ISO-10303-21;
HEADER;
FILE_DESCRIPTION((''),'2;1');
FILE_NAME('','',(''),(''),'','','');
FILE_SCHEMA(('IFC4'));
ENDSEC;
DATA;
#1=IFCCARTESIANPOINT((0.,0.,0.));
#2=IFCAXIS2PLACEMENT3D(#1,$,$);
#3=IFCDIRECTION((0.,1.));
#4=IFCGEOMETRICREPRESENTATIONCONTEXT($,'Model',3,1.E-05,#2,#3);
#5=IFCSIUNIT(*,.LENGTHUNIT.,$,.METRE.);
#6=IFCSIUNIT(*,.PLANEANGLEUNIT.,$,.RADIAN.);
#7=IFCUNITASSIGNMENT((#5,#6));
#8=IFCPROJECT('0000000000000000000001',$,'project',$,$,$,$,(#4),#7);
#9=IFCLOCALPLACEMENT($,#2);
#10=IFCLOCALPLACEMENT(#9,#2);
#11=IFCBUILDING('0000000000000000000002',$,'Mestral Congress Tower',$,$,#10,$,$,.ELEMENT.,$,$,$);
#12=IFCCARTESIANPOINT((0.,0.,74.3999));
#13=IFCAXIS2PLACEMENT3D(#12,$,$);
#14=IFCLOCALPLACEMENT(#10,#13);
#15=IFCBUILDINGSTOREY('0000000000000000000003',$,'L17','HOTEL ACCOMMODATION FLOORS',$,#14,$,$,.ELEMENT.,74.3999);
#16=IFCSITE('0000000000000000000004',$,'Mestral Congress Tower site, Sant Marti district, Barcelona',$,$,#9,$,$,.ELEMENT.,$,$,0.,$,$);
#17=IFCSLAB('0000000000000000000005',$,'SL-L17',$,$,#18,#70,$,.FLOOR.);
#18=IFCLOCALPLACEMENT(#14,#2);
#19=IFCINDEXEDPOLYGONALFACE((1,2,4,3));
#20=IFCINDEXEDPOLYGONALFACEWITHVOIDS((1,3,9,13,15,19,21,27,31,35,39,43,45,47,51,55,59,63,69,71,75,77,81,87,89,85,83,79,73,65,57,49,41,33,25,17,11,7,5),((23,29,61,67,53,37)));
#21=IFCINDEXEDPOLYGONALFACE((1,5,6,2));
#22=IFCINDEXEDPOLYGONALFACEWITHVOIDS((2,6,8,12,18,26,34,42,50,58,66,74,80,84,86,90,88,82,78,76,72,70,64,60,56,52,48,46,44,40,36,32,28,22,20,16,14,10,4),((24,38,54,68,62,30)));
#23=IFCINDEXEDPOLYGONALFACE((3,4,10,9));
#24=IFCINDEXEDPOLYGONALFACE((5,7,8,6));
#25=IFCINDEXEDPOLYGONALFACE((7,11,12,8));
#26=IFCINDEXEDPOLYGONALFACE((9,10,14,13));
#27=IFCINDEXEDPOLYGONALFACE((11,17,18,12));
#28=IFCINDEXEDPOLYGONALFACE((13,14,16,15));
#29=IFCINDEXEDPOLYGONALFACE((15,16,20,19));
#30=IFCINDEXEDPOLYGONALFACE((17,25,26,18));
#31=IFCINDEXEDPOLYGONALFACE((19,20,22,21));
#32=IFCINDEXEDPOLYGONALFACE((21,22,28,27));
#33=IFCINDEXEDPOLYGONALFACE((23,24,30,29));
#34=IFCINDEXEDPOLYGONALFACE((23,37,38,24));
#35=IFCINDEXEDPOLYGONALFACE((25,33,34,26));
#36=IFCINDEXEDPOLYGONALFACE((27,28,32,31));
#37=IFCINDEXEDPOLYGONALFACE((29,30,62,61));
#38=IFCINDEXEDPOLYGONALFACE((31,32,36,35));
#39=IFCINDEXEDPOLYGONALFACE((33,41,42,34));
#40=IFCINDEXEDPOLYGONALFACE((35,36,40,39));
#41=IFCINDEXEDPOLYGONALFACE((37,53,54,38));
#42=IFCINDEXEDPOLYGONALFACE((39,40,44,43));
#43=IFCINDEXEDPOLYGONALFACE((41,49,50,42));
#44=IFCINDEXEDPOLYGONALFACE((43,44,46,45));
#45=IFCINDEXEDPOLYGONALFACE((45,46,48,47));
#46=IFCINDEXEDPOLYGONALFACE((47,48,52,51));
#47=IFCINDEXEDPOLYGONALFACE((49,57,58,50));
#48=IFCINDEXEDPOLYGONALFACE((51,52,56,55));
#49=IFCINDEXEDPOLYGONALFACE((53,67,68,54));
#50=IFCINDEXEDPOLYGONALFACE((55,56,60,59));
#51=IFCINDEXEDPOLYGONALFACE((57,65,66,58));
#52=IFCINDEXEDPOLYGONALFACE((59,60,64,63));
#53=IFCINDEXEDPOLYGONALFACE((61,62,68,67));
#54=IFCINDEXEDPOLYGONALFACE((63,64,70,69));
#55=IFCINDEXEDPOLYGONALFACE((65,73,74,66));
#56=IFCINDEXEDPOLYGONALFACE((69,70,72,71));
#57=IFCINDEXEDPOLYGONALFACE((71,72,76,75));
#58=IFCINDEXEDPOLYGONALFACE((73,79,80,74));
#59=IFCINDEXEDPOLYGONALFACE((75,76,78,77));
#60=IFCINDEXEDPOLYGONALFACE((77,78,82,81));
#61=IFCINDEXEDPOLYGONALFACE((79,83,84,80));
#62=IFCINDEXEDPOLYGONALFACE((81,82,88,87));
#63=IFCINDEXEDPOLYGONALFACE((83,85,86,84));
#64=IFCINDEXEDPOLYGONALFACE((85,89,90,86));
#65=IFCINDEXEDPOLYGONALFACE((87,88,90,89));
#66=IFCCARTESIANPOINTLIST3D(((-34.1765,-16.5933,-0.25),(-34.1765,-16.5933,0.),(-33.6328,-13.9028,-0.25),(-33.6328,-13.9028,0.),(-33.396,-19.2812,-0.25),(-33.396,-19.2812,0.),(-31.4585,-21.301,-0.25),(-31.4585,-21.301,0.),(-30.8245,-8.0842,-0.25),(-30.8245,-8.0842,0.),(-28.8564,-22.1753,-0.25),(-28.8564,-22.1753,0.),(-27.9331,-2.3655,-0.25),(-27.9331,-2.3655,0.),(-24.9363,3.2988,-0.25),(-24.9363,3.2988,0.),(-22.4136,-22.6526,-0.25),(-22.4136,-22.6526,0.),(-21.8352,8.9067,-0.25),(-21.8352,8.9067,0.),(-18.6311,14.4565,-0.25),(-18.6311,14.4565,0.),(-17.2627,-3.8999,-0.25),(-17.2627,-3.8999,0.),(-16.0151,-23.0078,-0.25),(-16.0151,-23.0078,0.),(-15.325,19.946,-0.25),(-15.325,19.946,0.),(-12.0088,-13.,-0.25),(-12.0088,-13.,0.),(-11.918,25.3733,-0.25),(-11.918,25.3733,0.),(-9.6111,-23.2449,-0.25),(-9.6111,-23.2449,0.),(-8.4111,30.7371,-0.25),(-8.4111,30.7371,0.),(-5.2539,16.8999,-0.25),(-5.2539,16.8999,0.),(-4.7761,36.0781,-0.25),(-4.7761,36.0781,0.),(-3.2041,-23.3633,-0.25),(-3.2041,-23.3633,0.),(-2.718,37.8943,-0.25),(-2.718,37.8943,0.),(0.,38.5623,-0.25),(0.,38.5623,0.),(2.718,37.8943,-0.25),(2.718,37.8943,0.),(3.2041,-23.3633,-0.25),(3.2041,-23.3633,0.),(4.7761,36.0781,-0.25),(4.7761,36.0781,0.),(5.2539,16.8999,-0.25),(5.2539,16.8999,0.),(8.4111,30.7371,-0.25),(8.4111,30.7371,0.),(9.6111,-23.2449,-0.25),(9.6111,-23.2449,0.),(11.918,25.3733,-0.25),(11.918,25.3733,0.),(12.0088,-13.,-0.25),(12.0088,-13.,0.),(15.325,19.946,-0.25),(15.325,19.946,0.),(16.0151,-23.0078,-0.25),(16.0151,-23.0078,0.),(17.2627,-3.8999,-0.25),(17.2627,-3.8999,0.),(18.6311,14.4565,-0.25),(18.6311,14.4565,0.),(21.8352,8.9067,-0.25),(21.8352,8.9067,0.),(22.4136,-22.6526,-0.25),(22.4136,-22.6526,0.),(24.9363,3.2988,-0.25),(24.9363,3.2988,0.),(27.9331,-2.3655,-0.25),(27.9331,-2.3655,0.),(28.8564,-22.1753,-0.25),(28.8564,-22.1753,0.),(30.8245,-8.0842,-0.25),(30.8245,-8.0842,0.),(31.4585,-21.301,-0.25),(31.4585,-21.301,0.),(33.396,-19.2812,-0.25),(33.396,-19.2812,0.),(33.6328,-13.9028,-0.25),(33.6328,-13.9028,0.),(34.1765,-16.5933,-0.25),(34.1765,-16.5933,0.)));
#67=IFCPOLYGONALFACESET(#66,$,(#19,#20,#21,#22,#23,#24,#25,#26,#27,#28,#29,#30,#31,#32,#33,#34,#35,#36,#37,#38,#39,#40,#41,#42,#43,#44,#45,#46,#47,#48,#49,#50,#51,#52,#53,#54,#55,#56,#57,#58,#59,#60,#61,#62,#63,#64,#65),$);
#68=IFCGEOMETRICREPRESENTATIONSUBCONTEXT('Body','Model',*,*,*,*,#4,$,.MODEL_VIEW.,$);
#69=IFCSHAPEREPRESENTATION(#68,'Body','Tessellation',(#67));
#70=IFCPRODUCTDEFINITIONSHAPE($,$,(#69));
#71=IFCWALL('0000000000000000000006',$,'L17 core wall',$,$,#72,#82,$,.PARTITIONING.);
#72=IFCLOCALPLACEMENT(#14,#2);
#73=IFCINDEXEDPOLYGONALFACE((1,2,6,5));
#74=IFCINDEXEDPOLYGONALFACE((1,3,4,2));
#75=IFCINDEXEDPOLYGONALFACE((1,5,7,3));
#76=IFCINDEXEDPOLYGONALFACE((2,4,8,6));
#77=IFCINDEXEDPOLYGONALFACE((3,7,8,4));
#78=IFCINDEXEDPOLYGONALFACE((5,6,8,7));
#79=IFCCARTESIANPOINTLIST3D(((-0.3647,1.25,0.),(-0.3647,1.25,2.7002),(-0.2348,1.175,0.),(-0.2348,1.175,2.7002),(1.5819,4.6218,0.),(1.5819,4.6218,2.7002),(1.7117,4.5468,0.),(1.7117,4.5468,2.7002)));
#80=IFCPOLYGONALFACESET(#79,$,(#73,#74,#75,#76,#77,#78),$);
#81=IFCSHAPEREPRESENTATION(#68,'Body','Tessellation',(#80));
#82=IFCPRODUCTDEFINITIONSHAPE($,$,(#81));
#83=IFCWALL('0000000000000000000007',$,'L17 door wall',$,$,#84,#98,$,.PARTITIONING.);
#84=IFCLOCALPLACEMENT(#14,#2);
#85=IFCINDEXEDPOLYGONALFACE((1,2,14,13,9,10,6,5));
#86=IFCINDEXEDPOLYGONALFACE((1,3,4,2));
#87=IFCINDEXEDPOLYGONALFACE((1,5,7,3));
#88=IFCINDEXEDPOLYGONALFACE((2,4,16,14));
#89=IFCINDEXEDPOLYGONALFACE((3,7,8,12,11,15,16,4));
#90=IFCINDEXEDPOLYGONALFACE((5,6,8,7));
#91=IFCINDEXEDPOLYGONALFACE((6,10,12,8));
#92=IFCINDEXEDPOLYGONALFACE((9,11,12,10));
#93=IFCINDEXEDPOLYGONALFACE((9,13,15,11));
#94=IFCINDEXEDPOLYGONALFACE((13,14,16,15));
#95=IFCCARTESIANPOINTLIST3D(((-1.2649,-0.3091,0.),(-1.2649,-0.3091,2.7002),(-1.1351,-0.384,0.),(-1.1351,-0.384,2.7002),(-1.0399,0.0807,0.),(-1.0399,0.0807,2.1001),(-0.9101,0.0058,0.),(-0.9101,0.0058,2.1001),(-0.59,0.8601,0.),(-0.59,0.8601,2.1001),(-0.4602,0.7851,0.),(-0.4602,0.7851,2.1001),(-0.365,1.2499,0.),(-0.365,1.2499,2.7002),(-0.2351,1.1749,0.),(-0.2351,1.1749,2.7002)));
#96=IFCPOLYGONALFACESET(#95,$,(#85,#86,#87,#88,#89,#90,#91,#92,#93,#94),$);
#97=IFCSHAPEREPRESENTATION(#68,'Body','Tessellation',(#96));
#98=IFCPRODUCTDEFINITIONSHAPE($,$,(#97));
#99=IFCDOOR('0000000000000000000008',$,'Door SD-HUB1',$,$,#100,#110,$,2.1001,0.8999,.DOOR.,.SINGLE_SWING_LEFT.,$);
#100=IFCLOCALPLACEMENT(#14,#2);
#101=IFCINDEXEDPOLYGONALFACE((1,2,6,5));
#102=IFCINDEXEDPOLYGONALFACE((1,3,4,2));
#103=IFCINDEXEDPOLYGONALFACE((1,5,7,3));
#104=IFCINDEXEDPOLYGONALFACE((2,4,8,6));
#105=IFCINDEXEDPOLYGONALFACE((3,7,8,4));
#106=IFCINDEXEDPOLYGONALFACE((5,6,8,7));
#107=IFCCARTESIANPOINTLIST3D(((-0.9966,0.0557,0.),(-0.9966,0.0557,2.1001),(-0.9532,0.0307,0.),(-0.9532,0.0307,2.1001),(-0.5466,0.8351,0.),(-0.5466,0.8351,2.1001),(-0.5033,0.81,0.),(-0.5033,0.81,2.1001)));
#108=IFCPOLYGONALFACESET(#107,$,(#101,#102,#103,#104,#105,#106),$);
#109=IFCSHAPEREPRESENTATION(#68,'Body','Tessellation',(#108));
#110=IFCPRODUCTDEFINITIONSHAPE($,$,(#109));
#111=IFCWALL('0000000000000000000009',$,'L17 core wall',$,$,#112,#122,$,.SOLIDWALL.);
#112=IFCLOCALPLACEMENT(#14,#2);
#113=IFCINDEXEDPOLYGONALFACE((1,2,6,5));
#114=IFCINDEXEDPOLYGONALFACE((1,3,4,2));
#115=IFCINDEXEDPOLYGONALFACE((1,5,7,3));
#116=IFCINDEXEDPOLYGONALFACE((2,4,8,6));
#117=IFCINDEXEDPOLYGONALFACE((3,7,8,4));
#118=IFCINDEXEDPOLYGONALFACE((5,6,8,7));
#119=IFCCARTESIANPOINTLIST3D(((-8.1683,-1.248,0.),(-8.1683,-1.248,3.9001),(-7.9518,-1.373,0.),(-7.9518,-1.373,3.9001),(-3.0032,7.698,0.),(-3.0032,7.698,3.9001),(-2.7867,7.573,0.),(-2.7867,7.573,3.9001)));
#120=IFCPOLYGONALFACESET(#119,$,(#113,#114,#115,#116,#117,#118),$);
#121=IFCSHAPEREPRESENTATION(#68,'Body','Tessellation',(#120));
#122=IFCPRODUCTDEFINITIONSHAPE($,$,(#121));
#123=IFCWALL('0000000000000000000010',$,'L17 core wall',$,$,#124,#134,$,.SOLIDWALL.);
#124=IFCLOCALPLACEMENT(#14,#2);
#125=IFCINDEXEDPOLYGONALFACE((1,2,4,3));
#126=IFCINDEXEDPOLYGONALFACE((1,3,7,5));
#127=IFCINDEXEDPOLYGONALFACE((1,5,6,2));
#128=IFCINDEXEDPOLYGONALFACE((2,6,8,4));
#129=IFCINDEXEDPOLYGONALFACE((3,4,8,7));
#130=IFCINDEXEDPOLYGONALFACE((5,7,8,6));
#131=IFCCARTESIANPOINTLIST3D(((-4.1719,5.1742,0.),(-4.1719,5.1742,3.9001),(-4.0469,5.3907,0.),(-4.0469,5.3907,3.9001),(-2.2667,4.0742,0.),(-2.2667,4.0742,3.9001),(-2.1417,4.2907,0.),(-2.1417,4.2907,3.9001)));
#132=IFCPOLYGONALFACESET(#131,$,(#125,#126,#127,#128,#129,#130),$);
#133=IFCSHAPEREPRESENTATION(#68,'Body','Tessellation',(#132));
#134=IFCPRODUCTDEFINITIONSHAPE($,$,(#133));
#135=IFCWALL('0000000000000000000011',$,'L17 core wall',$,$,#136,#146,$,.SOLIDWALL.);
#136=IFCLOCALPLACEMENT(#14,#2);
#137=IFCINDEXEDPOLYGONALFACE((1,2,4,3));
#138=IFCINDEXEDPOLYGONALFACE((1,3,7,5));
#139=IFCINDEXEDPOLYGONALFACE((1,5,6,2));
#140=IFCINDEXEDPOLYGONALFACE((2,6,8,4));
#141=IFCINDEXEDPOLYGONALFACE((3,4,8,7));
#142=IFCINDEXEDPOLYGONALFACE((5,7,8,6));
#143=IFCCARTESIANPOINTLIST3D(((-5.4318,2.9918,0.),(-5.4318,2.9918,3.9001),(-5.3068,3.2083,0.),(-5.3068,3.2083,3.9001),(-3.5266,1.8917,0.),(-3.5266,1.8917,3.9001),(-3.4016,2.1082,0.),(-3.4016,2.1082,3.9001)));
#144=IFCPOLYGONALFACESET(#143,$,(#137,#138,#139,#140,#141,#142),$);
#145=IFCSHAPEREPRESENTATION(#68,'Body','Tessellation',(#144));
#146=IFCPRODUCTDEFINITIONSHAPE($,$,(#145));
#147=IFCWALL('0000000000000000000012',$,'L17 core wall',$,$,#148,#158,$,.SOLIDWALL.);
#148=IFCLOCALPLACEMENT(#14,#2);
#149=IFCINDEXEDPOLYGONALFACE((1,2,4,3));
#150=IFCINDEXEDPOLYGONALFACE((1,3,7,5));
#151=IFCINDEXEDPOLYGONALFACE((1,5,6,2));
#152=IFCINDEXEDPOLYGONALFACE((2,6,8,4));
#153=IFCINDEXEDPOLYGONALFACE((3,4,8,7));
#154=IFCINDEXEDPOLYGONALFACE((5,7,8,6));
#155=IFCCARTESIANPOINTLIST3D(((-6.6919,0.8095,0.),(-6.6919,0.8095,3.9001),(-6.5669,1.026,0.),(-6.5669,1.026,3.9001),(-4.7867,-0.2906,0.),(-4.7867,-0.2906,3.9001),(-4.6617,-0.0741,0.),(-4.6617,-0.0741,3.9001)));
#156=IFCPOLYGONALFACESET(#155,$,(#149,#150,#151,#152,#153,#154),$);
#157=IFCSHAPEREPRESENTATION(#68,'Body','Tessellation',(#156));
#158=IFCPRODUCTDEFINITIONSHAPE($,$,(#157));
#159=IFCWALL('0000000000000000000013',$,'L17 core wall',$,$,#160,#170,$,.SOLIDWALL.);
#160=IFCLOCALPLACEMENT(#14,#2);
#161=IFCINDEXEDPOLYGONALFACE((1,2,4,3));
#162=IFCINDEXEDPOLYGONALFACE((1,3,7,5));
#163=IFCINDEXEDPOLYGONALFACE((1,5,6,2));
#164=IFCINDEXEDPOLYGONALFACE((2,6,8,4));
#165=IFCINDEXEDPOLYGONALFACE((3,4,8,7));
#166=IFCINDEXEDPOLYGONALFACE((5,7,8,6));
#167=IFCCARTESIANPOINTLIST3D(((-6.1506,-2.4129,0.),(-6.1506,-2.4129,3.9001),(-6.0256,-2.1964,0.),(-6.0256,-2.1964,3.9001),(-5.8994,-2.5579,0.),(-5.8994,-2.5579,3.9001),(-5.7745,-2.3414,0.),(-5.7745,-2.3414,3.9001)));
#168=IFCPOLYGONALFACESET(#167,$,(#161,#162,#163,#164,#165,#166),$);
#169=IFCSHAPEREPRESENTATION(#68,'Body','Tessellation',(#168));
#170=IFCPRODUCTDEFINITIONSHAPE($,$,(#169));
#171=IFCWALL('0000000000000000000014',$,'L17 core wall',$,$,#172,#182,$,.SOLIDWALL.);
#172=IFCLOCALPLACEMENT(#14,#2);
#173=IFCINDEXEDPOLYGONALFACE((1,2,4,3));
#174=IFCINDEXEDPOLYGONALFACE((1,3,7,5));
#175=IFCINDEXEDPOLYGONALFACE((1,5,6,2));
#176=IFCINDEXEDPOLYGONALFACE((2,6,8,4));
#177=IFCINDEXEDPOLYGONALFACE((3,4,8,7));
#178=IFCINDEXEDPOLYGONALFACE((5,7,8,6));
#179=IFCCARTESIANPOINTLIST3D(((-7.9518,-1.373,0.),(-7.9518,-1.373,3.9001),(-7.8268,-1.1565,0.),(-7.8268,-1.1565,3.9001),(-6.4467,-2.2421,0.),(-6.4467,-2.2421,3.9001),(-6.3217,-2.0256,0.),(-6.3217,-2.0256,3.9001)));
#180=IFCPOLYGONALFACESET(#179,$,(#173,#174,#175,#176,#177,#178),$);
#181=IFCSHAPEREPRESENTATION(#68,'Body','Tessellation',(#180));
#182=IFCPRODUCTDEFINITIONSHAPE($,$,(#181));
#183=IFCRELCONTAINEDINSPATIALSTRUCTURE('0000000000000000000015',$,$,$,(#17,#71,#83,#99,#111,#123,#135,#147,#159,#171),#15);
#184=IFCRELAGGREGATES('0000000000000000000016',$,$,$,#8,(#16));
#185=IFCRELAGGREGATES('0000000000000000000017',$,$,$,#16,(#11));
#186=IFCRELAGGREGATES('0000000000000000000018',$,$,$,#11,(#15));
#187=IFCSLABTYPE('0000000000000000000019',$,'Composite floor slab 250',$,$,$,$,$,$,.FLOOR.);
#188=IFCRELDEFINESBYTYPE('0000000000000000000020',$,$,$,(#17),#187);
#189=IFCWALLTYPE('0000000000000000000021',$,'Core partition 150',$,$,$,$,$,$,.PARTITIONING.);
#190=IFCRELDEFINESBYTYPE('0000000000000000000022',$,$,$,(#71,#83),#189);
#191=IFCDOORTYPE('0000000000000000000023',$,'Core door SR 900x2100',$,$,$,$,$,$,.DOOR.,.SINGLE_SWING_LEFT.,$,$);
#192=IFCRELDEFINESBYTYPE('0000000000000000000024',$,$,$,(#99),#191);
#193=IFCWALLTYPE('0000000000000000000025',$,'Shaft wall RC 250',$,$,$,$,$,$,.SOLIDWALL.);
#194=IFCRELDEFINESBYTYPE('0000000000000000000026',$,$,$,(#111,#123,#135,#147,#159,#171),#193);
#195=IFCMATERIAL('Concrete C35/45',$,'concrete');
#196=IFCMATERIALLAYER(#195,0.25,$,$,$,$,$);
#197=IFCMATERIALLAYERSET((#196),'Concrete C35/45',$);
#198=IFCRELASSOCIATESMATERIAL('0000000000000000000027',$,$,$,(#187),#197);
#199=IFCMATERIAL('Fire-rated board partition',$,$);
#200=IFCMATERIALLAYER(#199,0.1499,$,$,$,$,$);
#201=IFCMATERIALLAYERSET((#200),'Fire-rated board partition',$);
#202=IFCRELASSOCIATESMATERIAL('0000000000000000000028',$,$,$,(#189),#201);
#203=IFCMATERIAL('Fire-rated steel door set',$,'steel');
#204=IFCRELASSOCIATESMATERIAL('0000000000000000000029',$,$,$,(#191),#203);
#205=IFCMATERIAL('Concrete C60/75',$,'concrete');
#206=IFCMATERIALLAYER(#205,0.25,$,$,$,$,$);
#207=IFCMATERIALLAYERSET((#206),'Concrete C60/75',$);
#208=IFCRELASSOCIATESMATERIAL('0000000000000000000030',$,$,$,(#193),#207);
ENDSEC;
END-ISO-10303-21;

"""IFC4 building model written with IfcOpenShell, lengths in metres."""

from ifc_helpers import new_model, si_unit, direction, frame, frame_2d, origin, place, context, subcontext, project, spatial, polyline, rectangle, outline, extrude, material, layer, layer_set, type_object, element, fill, save


model = new_model("IFC4")

# Units and contexts
model_context = context("Model", 3, precision=1e-05, world=origin(), true_north=direction((0.0, 1.0)))
body_context = subcontext(model_context, "Body", "Model", "MODEL_VIEW")
ifc_project = project(units=[si_unit("LENGTHUNIT", "METRE"), si_unit("PLANEANGLEUNIT", "RADIAN")], contexts=[model_context])

# Site, building, storey
site_placement = place(None, origin())
site = spatial("IfcSite", under=ifc_project, at=site_placement, Name="Mestral Congress Tower site, Sant Marti district, Barcelona", CompositionType="ELEMENT", RefElevation=0.0)
building_placement = place(site_placement, origin())
building = spatial("IfcBuilding", under=site, at=building_placement, Name="Mestral Congress Tower", CompositionType="ELEMENT")
storey_placement = place(building_placement, frame((0.0, 0.0, 74.3999)))
storey = spatial("IfcBuildingStorey", under=building, at=storey_placement, Name="L17", Description="HOTEL ACCOMMODATION FLOORS", CompositionType="ELEMENT", Elevation=74.3999)

# Slab
ifc_material_1 = material(Name="Concrete C35/45", Category="concrete")
ifc_layer_1 = layer(ifc_material_1, 0.25)
ifc_layer_set_1 = layer_set([ifc_layer_1], Name="Concrete C35/45")
slab_type = type_object("IfcSlabType", Name="Composite floor slab 250", PredefinedType="FLOOR", material=ifc_layer_set_1)
slab_placement = place(storey_placement, frame((0.0, 0.0, -0.25)))
element("IfcSlab", 1, at=slab_placement, inside=storey, type_object=slab_type, Name="SL-L17", PredefinedType="FLOOR", context=body_context, shape_type="SweptSolid", body=[
    extrude(outline(polyline([(-28.8564, -22.1753), (-31.4585, -21.301), (-33.396, -19.2812), (-34.1765, -16.5933), (-33.6328, -13.9028), (-30.8245, -8.0842), (-27.9331, -2.3655), (-24.9363, 3.2988), (-21.8352, 8.9067), (-18.6311, 14.4565), (-15.325, 19.946), (-11.918, 25.3733), (-8.4111, 30.7371), (-4.7761, 36.0781), (-2.718, 37.8943), (0.0, 38.5623), (2.718, 37.8943), (4.7761, 36.0781), (8.4111, 30.7371), (11.918, 25.3733), (15.325, 19.946), (18.6311, 14.4565), (21.8352, 8.9067), (24.9363, 3.2988), (27.9331, -2.3655), (30.8245, -8.0842), (33.6328, -13.9028), (34.1765, -16.5933), (33.396, -19.2812), (31.4585, -21.301), (28.8564, -22.1753), (22.4136, -22.6526), (16.0151, -23.0078), (9.6111, -23.2449), (3.2041, -23.3633), (-3.2041, -23.3633), (-9.6111, -23.2449), (-16.0151, -23.0078), (-22.4136, -22.6526), (-28.8564, -22.1753)]), holes=[polyline([(-5.2539, 16.8999), (-17.2627, -3.8999), (-12.0088, -13.0), (12.0088, -13.0), (17.2627, -3.8999), (5.2539, 16.8999), (-5.2539, 16.8999)])]), origin(), (0.0, 0.0, 1.0), 0.25),
])

# Wall
ifc_material_2 = material(Name="Fire-rated board partition")
ifc_layer_2 = layer(ifc_material_2, 0.1499)
ifc_layer_set_2 = layer_set([ifc_layer_2], Name="Fire-rated board partition")
wall_type_1 = type_object("IfcWallType", Name="Core partition 150", PredefinedType="PARTITIONING", material=ifc_layer_set_2)
wall_1_placement = place(storey_placement, frame((-0.2998, 1.2124, 0.0), z_axis=(0.0, 0.0, 1.0), x_axis=(0.499963, 0.866047, 0.0)))
element("IfcWall", 2, at=wall_1_placement, inside=storey, type_object=wall_type_1, Name="L17 core wall", PredefinedType="PARTITIONING", context=body_context, shape_type="SweptSolid", body=[
    extrude(rectangle(XDim=3.8933, YDim=0.1499, at=frame_2d((1.9468, 0.0))), origin(), (0.0, 0.0, 1.0), 2.7002),
])

# Wall, opening, door
wall_2_placement = place(storey_placement, frame((-1.2, -0.3464, 0.0), z_axis=(0.0, 0.0, 1.0), x_axis=(0.499961, 0.866048, 0.0)))
wall_2 = element("IfcWall", 3, at=wall_2_placement, inside=storey, type_object=wall_type_1, Name="L17 door wall", PredefinedType="PARTITIONING", context=body_context, shape_type="SweptSolid", body=[
    extrude(rectangle(XDim=1.8, YDim=0.1499, at=frame_2d((0.8999, 0.0))), origin(), (0.0, 0.0, 1.0), 2.7002),
])
opening_1_placement = place(wall_2_placement, frame((0.45, 0.0, 0.0)))
opening_1 = element("IfcOpeningElement", 4, at=opening_1_placement, cuts=wall_2, PredefinedType="OPENING", context=body_context, shape_type="SweptSolid", body=[
    extrude(rectangle(XDim=0.8999, YDim=2.1001, at=frame_2d((0.45, 1.05))), frame((0.0, 0.085, 0.0), z_axis=(0.0, -1.0, 0.0), x_axis=(1.0, 0.0, 0.0)), (0.0, 0.0, 1.0), 0.1699),
])
ifc_material_3 = material(Name="Fire-rated steel door set", Category="steel")
door_type_1 = type_object("IfcDoorType", Name="Core door SR 900x2100", OperationType="SINGLE_SWING_LEFT", PredefinedType="DOOR", material=ifc_material_3)
door_1_placement = place(opening_1_placement, origin())
door_1 = element("IfcDoor", 5, at=door_1_placement, inside=storey, type_object=door_type_1, Name="Door SD-HUB1", OperationType="SINGLE_SWING_LEFT", OverallHeight=2.1001, OverallWidth=0.8999, PredefinedType="DOOR", context=body_context, shape_type="SweptSolid", body=[
    extrude(rectangle(XDim=0.8999, YDim=2.1001, at=frame_2d((0.45, 1.05))), frame((0.0, 0.0249, 0.0), z_axis=(0.0, -1.0, 0.0), x_axis=(1.0, 0.0, 0.0)), (0.0, 0.0, 1.0), 0.05),
])
fill(opening_1, door_1)

# Walls
ifc_material_4 = material(Name="Concrete C60/75", Category="concrete")
ifc_layer_3 = layer(ifc_material_4, 0.25)
ifc_layer_set_3 = layer_set([ifc_layer_3], Name="Concrete C60/75")
wall_type_2 = type_object("IfcWallType", Name="Shaft wall RC 250", PredefinedType="SOLIDWALL", material=ifc_layer_set_3)
wall_3_placement = place(storey_placement, frame((-8.0601, -1.3105, 0.0), z_axis=(0.0, 0.0, 1.0), x_axis=(0.500003, 0.866024, 0.0)))
element("IfcWall", 6, at=wall_3_placement, inside=storey, type_object=wall_type_2, Name="L17 core wall", PredefinedType="SOLIDWALL", context=body_context, shape_type="SweptSolid", body=[
    extrude(rectangle(XDim=10.3301, YDim=0.25, at=frame_2d((5.165, 0.0))), origin(), (0.0, 0.0, 1.0), 3.9001),
])
for number, where, z_axis, x_axis, name in (
    (7, (-2.2041, 4.1824, 0.0), (0.0, 0.0, 1.0), (-0.866008, 0.50003, 0.0), "L17 core wall"),
    (8, (-5.3694, 3.1001, 0.0), (0.0, 0.0, 1.0), (0.866008, -0.50003, 0.0), "L17 core wall"),
    (9, (-4.7241, -0.1824, 0.0), (0.0, 0.0, 1.0), (-0.866008, 0.50003, 0.0), "L17 core wall"),
):
    element("IfcWall", number, at=place(storey_placement, frame(where, z_axis=z_axis, x_axis=x_axis)), inside=storey, type_object=wall_type_2, Name=name, PredefinedType="SOLIDWALL", context=body_context, shape_type="SweptSolid", body=[
        extrude(rectangle(XDim=2.2, YDim=0.25, at=frame_2d((1.1001, 0.0))), origin(), (0.0, 0.0, 1.0), 3.9001),
    ])
wall_4_placement = place(storey_placement, frame((-6.0881, -2.3047, 0.0), z_axis=(0.0, 0.0, 1.0), x_axis=(0.866059, -0.499941, 0.0)))
element("IfcWall", 10, at=wall_4_placement, inside=storey, type_object=wall_type_2, Name="L17 core wall", PredefinedType="SOLIDWALL", context=body_context, shape_type="SweptSolid", body=[
    extrude(rectangle(XDim=0.29, YDim=0.25, at=frame_2d((0.145, 0.0))), origin(), (0.0, 0.0, 1.0), 3.9001),
])
wall_5_placement = place(storey_placement, frame((-7.8894, -1.2646, 0.0), z_axis=(0.0, 0.0, 1.0), x_axis=(0.865987, -0.500067, 0.0)))
element("IfcWall", 11, at=wall_5_placement, inside=storey, type_object=wall_type_2, Name="L17 core wall", PredefinedType="SOLIDWALL", context=body_context, shape_type="SweptSolid", body=[
    extrude(rectangle(XDim=1.738, YDim=0.25, at=frame_2d((0.8691, 0.0))), origin(), (0.0, 0.0, 1.0), 3.9001),
])

save(model, "model.ifc")
